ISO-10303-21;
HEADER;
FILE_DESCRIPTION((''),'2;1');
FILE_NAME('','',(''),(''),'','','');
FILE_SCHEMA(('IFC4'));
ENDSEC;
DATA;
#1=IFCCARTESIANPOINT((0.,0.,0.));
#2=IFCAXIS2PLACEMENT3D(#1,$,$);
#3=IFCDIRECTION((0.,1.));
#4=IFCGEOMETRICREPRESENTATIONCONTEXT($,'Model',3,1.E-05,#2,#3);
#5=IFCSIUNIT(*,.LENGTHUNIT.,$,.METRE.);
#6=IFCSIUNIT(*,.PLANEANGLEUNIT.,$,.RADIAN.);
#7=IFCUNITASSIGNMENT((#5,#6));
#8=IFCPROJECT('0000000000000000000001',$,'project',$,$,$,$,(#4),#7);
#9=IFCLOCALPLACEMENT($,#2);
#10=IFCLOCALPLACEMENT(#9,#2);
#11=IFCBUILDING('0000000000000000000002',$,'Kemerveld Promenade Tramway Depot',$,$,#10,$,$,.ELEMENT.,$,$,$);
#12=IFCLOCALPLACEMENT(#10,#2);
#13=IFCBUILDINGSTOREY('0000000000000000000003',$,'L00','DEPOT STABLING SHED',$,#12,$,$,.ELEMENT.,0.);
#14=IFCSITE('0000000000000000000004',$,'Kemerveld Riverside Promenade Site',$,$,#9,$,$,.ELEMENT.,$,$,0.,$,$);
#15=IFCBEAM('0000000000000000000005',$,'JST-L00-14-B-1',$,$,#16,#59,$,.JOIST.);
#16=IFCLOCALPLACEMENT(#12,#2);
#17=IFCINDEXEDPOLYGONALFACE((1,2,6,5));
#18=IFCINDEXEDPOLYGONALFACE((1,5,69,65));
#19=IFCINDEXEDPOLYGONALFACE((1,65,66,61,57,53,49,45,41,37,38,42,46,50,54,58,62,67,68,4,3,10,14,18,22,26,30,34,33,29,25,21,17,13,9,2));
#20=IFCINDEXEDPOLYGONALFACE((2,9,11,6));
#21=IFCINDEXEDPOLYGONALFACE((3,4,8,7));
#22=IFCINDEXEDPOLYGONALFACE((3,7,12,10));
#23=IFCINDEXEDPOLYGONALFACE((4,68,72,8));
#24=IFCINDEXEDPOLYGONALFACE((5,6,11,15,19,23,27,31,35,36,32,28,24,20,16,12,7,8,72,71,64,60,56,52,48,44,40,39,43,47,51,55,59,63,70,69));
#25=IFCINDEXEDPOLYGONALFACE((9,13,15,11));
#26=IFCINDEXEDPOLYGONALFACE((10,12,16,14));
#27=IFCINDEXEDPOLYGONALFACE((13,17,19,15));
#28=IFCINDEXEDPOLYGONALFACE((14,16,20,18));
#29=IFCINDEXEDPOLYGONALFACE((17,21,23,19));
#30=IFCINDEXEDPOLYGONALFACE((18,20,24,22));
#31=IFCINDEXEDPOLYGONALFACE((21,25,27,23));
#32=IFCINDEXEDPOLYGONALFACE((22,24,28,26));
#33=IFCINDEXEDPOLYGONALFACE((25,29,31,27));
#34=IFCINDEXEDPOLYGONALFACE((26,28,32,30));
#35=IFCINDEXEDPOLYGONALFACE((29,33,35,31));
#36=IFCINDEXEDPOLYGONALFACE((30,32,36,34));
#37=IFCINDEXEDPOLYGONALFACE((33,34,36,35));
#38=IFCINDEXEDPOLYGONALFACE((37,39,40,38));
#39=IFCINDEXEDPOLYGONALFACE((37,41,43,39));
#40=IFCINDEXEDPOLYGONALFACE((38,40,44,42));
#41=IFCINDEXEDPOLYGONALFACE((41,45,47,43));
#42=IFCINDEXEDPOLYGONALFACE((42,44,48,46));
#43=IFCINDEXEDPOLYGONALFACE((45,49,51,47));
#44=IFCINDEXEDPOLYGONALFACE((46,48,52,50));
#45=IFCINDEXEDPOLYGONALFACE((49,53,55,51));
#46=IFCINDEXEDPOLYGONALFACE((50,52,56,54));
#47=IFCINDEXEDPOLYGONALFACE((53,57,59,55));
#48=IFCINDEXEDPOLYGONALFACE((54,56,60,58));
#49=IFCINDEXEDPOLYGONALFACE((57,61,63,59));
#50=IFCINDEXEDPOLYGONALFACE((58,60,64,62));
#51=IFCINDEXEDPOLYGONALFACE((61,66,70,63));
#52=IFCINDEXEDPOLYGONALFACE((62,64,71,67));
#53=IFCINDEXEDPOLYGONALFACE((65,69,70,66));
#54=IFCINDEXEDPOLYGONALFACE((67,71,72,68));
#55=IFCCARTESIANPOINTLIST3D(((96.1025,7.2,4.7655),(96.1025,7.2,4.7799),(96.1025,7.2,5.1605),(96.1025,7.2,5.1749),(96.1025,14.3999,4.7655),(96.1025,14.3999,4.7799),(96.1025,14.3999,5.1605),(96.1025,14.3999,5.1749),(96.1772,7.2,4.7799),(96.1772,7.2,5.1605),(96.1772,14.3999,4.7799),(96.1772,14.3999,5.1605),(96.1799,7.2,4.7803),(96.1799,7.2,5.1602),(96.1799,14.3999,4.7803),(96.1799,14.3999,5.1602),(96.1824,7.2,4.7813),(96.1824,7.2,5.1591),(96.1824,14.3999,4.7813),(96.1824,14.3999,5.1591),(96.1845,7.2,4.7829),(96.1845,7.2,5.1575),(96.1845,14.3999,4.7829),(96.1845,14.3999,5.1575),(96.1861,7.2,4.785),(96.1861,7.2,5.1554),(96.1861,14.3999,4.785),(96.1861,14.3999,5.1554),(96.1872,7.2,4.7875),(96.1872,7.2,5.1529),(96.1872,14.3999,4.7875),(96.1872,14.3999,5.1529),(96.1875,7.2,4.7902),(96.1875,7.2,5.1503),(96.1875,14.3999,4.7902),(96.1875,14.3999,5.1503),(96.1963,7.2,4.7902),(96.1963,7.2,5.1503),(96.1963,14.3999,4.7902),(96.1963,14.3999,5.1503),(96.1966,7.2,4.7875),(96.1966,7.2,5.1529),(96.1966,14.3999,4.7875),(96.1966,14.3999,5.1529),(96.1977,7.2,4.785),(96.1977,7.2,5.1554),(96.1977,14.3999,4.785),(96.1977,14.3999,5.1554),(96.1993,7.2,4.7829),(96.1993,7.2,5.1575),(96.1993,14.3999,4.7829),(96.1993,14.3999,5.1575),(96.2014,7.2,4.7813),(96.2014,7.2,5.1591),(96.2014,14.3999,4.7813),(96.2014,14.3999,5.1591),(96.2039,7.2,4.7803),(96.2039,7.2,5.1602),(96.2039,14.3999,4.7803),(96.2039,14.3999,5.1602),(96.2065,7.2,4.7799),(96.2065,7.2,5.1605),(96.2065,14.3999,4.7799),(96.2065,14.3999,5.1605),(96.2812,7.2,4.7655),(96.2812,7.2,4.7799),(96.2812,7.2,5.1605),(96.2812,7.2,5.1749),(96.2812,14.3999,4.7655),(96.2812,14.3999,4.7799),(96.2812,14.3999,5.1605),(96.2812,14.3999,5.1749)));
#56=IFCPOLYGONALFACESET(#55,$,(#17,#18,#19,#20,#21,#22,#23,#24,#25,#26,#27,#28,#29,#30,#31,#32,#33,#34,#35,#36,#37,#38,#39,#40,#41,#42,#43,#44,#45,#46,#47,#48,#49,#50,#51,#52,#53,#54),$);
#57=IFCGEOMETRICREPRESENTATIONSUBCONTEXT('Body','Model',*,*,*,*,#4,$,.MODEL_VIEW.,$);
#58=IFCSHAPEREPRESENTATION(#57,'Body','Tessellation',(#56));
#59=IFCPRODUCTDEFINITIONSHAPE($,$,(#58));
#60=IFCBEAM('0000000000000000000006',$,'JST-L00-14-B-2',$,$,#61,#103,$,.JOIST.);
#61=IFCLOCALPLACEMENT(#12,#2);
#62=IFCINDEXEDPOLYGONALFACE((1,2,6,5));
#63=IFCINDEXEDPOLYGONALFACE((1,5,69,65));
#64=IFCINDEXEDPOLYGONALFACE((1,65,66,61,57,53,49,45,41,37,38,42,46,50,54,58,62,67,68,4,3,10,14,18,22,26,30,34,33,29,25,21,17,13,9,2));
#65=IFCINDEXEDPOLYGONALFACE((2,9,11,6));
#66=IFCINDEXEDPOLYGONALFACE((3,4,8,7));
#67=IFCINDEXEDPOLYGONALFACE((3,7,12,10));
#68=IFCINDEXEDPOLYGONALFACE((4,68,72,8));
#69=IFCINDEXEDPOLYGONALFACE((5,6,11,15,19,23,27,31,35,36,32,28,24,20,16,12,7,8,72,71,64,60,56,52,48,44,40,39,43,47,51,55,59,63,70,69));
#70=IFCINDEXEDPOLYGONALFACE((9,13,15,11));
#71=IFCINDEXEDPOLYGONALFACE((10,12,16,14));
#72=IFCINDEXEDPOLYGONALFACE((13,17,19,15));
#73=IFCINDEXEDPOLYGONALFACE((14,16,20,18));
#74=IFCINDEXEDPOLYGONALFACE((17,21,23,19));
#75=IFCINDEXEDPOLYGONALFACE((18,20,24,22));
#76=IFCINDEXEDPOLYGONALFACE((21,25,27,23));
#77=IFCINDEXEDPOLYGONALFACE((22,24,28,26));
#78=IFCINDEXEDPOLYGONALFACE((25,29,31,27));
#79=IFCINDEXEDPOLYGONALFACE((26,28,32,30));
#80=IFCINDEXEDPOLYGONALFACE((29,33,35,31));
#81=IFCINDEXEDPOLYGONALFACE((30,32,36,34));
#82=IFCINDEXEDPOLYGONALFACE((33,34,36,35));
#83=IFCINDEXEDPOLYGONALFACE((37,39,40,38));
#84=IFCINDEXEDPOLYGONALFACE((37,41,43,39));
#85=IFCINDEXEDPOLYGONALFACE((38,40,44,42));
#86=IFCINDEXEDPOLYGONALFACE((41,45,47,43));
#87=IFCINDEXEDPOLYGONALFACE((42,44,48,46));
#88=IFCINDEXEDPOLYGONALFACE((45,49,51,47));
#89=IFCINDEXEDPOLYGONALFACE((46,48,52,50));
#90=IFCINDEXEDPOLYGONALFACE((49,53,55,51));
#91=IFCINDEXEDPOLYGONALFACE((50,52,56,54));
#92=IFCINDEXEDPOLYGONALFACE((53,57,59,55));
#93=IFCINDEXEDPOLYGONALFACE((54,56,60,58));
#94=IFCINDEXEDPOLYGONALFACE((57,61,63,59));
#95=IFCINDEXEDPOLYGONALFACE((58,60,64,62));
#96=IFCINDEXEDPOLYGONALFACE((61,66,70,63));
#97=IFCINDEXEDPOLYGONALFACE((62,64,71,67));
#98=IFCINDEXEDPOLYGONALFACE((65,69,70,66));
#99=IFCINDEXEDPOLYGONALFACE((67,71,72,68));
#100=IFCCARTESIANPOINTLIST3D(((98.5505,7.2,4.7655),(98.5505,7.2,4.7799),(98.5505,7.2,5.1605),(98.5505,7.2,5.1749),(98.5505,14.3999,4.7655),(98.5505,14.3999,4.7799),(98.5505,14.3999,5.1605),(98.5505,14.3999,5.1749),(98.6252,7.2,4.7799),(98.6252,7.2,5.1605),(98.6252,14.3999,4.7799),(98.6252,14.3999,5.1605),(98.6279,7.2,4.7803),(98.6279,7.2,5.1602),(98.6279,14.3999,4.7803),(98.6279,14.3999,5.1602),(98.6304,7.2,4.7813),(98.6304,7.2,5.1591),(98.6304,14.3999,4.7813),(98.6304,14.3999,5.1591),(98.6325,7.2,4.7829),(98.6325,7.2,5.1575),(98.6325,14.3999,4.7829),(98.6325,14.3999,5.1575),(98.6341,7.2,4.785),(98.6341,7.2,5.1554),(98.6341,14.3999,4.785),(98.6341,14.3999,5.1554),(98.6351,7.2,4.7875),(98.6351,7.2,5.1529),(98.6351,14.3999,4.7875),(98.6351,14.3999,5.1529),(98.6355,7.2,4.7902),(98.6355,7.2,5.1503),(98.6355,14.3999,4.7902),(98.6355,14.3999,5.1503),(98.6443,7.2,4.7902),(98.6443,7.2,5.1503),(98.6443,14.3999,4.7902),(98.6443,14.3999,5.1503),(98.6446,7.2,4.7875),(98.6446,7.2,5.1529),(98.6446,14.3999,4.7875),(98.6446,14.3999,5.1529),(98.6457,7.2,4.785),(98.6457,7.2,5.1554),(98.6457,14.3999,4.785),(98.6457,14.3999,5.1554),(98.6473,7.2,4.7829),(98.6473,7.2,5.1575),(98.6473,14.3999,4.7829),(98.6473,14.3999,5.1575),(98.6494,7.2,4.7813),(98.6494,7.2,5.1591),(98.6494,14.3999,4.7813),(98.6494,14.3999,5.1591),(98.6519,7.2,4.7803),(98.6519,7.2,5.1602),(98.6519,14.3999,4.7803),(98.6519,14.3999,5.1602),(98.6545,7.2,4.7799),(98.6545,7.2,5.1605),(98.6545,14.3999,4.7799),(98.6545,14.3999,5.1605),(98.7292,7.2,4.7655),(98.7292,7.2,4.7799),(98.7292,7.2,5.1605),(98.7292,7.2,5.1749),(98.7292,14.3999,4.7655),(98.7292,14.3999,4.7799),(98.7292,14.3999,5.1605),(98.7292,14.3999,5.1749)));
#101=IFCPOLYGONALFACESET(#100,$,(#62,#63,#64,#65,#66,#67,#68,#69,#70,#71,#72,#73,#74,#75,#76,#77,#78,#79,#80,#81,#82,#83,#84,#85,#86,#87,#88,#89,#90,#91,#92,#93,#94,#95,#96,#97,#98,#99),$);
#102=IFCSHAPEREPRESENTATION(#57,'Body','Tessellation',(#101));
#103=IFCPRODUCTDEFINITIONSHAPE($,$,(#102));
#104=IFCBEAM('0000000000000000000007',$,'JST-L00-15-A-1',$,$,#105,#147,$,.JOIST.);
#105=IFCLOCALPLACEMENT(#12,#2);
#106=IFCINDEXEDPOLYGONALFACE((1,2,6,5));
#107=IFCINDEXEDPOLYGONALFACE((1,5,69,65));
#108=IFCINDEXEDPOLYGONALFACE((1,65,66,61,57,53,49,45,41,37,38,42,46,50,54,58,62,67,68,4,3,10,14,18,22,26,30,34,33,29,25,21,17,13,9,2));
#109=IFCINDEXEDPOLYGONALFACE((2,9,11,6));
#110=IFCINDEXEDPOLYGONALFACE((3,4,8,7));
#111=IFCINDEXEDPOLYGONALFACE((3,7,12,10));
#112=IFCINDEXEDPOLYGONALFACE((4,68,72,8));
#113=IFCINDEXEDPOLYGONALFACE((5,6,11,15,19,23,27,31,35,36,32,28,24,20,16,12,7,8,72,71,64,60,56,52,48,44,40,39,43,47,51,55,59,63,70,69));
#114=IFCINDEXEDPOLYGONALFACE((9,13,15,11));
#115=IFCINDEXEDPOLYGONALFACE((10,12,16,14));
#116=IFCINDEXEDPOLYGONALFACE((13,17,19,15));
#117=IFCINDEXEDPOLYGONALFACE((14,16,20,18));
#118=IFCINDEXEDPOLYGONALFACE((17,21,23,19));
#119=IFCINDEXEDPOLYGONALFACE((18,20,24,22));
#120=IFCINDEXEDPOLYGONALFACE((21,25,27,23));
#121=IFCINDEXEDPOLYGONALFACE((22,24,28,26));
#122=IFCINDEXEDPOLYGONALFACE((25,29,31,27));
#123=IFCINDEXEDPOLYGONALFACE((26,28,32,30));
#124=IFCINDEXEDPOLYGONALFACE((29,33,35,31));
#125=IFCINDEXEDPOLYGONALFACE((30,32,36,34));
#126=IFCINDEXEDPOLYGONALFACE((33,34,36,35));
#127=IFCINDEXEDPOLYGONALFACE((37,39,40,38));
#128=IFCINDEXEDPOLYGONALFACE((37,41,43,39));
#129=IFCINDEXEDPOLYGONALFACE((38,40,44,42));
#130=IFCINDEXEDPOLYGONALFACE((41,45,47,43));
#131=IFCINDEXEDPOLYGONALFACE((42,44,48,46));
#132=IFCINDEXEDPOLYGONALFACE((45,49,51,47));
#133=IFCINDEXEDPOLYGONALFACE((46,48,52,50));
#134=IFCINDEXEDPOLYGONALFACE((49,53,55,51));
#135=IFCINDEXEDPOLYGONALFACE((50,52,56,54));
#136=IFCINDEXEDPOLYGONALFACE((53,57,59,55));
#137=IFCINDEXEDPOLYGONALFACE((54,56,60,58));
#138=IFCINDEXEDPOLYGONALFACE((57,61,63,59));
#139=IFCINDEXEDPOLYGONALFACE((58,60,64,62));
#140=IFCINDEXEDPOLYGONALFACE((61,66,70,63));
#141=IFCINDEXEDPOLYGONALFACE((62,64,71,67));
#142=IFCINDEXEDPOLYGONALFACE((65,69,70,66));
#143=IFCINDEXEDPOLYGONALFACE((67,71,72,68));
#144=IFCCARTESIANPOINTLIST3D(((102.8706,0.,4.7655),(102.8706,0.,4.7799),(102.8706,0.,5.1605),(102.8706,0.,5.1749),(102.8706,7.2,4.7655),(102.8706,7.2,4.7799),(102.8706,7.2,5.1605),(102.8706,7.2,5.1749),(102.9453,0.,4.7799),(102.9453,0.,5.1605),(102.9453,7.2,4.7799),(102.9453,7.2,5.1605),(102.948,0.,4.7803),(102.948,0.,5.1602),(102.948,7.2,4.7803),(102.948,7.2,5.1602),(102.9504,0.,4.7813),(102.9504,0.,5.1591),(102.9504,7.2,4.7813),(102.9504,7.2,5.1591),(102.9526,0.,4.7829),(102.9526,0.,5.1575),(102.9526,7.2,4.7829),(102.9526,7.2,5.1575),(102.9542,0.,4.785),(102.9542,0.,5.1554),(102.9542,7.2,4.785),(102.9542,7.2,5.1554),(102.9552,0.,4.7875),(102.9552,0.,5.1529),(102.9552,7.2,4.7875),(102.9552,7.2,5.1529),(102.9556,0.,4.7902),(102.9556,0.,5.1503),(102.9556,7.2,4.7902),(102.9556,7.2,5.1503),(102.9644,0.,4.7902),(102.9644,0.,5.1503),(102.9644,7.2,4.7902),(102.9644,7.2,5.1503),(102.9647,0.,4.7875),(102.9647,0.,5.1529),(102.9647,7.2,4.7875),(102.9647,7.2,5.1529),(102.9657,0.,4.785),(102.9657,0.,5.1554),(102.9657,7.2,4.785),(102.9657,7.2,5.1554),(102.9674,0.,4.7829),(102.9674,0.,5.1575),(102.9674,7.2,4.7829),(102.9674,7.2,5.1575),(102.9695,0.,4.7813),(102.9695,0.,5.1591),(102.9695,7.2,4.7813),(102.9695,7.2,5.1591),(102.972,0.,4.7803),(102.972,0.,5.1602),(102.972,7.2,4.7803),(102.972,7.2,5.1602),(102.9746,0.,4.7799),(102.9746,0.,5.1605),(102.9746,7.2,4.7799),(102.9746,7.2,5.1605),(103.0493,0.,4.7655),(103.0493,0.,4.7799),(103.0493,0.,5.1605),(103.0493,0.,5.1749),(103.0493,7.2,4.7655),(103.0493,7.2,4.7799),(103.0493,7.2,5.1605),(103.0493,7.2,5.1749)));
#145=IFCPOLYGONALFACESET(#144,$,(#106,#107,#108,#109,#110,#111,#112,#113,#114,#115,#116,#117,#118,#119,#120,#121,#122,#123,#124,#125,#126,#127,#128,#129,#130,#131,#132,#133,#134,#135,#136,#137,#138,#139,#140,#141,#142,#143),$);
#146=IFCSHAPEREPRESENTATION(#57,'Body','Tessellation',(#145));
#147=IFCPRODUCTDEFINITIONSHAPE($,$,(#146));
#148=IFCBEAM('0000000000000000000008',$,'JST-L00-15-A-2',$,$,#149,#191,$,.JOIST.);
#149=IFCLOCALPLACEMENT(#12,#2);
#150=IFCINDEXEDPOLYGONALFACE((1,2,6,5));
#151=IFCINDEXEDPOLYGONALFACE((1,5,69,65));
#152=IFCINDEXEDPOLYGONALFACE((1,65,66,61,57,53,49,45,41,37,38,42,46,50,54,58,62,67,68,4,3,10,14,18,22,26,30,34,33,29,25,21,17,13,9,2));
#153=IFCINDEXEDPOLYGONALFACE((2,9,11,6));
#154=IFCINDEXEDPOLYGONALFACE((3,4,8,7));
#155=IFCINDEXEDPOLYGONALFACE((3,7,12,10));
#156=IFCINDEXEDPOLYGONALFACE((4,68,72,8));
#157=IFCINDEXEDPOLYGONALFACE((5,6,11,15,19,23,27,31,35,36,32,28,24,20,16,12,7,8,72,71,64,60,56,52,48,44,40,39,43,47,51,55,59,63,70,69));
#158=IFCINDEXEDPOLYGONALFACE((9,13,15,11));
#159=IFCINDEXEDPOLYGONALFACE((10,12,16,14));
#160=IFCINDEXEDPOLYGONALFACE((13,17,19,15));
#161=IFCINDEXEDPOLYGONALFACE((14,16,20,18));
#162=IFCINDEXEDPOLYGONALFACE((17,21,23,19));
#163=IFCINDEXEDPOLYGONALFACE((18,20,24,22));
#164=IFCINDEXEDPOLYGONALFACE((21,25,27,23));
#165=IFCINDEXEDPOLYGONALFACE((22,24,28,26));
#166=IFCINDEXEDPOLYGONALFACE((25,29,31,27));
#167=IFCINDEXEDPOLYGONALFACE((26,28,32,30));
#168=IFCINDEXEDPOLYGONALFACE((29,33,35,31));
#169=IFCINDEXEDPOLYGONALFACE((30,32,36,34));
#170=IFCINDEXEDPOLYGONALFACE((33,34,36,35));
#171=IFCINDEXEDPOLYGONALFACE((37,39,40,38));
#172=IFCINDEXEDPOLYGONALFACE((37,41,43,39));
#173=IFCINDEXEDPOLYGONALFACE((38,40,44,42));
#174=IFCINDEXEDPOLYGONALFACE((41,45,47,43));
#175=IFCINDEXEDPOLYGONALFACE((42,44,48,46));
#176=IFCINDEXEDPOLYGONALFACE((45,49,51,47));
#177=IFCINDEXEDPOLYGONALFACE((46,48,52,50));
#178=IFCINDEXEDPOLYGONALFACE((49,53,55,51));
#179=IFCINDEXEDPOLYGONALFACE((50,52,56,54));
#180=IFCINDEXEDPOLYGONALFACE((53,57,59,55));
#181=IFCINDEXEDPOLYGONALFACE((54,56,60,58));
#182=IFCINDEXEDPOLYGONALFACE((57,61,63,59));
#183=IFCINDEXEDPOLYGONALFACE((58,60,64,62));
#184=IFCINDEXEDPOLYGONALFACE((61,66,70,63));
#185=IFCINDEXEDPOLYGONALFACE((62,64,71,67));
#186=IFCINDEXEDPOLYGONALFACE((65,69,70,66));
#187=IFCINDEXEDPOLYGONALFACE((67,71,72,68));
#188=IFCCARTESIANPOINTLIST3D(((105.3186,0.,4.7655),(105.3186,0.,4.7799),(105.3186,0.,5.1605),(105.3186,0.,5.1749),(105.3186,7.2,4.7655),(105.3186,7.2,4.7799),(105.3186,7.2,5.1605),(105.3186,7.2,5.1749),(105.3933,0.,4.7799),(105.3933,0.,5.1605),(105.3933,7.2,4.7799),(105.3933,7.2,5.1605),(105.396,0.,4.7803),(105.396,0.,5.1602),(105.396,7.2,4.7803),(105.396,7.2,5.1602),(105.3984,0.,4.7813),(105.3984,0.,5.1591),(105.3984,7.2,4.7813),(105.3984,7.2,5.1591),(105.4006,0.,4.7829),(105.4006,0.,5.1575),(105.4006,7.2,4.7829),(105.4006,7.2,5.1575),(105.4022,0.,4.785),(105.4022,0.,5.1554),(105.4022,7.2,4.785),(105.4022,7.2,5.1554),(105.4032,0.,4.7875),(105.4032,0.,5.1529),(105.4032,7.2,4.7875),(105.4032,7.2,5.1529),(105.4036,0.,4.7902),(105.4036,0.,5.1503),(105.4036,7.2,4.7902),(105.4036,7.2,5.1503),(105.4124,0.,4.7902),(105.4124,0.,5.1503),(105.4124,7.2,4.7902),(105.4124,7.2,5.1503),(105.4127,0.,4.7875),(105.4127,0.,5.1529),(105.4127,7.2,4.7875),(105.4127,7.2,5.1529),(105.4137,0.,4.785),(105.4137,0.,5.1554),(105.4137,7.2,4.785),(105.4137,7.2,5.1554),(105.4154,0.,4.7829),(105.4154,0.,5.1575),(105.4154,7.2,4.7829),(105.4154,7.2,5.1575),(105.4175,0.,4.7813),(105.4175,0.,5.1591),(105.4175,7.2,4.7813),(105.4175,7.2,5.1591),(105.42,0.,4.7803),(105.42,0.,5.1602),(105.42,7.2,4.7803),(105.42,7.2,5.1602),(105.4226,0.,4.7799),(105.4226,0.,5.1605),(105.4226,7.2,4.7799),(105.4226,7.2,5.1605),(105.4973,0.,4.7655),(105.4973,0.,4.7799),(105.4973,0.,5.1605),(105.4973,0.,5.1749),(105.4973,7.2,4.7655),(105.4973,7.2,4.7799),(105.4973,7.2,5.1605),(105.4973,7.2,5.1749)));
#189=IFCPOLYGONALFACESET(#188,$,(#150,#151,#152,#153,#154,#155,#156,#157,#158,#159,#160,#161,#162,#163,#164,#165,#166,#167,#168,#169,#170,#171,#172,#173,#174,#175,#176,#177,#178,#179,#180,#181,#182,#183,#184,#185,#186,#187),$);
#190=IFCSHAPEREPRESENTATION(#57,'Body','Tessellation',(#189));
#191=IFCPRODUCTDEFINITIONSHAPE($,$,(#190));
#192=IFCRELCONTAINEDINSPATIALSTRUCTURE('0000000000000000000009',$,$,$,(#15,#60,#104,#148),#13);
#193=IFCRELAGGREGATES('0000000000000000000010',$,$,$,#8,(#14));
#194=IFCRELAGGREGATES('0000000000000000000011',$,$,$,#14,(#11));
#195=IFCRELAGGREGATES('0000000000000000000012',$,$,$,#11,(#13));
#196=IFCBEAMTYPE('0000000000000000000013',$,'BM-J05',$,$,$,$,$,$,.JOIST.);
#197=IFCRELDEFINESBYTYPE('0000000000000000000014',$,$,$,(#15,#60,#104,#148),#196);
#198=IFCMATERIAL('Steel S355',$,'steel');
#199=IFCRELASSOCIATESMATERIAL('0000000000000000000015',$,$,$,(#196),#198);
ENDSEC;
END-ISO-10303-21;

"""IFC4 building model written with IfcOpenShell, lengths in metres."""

from ifc_helpers import new_model, si_unit, direction, frame, origin, origin_2d, place, context, subcontext, project, spatial, i_section, extrude, material, material_profile, profile_set, type_object, element, save


model = new_model("IFC4")

# Units and contexts
model_context = context("Model", 3, precision=1e-05, world=origin(), true_north=direction((0.0, 1.0)))
body_context = subcontext(model_context, "Body", "Model", "MODEL_VIEW")
ifc_project = project(units=[si_unit("LENGTHUNIT", "METRE"), si_unit("PLANEANGLEUNIT", "RADIAN")], contexts=[model_context])

# Site, building, storey
site_placement = place(None, origin())
site = spatial("IfcSite", under=ifc_project, at=site_placement, Name="Kemerveld Riverside Promenade Site", CompositionType="ELEMENT", RefElevation=0.0)
building_placement = place(site_placement, origin())
building = spatial("IfcBuilding", under=site, at=building_placement, Name="Kemerveld Promenade Tramway Depot", CompositionType="ELEMENT")
storey_placement = place(building_placement, origin())
storey = spatial("IfcBuildingStorey", under=building, at=storey_placement, Name="L00", Description="DEPOT STABLING SHED", CompositionType="ELEMENT", Elevation=0.0)

# Shared definitions
ifc_material_1 = material(Name="Steel S355", Category="steel")

# Beams
ifc_material_profile_1 = material_profile(ifc_material_1, i_section(OverallWidth=0.1787, OverallDepth=0.4094, WebThickness=0.0088, FlangeThickness=0.0144, FilletRadius=0.0103, at=origin_2d()), Name="406x178x67 UB")
ifc_profile_set_1 = profile_set([ifc_material_profile_1], Name="Steel S355")
beam_type_1 = type_object("IfcBeamType", Name="BM-J05", PredefinedType="JOIST", material=ifc_profile_set_1)
for number, where, z_axis, x_axis, name in (
    (1, (96.1919, 7.2, 4.9702), (0.0, 1.0, 0.0), (-1.0, 0.0, 0.0), "JST-L00-14-B-1"),
    (2, (98.6399, 7.2, 4.9702), (0.0, 1.0, 0.0), (-1.0, 0.0, 0.0), "JST-L00-14-B-2"),
    (3, (102.96, 0.0, 4.9702), (0.0, 1.0, 0.0), (-1.0, 0.0, 0.0), "JST-L00-15-A-1"),
    (4, (105.408, 0.0, 4.9702), (0.0, 1.0, 0.0), (-1.0, 0.0, 0.0), "JST-L00-15-A-2"),
):
    element("IfcBeam", number, at=place(storey_placement, frame(where, z_axis=z_axis, x_axis=x_axis)), inside=storey, type_object=beam_type_1, Name=name, PredefinedType="JOIST", context=body_context, shape_type="SweptSolid", body=[
        extrude(i_section(OverallWidth=0.1787, OverallDepth=0.4094, WebThickness=0.0088, FlangeThickness=0.0144, FilletRadius=0.0103, at=origin_2d()), origin(), (0.0, 0.0, 1.0), 7.2),
    ])

save(model, "model.ifc")
